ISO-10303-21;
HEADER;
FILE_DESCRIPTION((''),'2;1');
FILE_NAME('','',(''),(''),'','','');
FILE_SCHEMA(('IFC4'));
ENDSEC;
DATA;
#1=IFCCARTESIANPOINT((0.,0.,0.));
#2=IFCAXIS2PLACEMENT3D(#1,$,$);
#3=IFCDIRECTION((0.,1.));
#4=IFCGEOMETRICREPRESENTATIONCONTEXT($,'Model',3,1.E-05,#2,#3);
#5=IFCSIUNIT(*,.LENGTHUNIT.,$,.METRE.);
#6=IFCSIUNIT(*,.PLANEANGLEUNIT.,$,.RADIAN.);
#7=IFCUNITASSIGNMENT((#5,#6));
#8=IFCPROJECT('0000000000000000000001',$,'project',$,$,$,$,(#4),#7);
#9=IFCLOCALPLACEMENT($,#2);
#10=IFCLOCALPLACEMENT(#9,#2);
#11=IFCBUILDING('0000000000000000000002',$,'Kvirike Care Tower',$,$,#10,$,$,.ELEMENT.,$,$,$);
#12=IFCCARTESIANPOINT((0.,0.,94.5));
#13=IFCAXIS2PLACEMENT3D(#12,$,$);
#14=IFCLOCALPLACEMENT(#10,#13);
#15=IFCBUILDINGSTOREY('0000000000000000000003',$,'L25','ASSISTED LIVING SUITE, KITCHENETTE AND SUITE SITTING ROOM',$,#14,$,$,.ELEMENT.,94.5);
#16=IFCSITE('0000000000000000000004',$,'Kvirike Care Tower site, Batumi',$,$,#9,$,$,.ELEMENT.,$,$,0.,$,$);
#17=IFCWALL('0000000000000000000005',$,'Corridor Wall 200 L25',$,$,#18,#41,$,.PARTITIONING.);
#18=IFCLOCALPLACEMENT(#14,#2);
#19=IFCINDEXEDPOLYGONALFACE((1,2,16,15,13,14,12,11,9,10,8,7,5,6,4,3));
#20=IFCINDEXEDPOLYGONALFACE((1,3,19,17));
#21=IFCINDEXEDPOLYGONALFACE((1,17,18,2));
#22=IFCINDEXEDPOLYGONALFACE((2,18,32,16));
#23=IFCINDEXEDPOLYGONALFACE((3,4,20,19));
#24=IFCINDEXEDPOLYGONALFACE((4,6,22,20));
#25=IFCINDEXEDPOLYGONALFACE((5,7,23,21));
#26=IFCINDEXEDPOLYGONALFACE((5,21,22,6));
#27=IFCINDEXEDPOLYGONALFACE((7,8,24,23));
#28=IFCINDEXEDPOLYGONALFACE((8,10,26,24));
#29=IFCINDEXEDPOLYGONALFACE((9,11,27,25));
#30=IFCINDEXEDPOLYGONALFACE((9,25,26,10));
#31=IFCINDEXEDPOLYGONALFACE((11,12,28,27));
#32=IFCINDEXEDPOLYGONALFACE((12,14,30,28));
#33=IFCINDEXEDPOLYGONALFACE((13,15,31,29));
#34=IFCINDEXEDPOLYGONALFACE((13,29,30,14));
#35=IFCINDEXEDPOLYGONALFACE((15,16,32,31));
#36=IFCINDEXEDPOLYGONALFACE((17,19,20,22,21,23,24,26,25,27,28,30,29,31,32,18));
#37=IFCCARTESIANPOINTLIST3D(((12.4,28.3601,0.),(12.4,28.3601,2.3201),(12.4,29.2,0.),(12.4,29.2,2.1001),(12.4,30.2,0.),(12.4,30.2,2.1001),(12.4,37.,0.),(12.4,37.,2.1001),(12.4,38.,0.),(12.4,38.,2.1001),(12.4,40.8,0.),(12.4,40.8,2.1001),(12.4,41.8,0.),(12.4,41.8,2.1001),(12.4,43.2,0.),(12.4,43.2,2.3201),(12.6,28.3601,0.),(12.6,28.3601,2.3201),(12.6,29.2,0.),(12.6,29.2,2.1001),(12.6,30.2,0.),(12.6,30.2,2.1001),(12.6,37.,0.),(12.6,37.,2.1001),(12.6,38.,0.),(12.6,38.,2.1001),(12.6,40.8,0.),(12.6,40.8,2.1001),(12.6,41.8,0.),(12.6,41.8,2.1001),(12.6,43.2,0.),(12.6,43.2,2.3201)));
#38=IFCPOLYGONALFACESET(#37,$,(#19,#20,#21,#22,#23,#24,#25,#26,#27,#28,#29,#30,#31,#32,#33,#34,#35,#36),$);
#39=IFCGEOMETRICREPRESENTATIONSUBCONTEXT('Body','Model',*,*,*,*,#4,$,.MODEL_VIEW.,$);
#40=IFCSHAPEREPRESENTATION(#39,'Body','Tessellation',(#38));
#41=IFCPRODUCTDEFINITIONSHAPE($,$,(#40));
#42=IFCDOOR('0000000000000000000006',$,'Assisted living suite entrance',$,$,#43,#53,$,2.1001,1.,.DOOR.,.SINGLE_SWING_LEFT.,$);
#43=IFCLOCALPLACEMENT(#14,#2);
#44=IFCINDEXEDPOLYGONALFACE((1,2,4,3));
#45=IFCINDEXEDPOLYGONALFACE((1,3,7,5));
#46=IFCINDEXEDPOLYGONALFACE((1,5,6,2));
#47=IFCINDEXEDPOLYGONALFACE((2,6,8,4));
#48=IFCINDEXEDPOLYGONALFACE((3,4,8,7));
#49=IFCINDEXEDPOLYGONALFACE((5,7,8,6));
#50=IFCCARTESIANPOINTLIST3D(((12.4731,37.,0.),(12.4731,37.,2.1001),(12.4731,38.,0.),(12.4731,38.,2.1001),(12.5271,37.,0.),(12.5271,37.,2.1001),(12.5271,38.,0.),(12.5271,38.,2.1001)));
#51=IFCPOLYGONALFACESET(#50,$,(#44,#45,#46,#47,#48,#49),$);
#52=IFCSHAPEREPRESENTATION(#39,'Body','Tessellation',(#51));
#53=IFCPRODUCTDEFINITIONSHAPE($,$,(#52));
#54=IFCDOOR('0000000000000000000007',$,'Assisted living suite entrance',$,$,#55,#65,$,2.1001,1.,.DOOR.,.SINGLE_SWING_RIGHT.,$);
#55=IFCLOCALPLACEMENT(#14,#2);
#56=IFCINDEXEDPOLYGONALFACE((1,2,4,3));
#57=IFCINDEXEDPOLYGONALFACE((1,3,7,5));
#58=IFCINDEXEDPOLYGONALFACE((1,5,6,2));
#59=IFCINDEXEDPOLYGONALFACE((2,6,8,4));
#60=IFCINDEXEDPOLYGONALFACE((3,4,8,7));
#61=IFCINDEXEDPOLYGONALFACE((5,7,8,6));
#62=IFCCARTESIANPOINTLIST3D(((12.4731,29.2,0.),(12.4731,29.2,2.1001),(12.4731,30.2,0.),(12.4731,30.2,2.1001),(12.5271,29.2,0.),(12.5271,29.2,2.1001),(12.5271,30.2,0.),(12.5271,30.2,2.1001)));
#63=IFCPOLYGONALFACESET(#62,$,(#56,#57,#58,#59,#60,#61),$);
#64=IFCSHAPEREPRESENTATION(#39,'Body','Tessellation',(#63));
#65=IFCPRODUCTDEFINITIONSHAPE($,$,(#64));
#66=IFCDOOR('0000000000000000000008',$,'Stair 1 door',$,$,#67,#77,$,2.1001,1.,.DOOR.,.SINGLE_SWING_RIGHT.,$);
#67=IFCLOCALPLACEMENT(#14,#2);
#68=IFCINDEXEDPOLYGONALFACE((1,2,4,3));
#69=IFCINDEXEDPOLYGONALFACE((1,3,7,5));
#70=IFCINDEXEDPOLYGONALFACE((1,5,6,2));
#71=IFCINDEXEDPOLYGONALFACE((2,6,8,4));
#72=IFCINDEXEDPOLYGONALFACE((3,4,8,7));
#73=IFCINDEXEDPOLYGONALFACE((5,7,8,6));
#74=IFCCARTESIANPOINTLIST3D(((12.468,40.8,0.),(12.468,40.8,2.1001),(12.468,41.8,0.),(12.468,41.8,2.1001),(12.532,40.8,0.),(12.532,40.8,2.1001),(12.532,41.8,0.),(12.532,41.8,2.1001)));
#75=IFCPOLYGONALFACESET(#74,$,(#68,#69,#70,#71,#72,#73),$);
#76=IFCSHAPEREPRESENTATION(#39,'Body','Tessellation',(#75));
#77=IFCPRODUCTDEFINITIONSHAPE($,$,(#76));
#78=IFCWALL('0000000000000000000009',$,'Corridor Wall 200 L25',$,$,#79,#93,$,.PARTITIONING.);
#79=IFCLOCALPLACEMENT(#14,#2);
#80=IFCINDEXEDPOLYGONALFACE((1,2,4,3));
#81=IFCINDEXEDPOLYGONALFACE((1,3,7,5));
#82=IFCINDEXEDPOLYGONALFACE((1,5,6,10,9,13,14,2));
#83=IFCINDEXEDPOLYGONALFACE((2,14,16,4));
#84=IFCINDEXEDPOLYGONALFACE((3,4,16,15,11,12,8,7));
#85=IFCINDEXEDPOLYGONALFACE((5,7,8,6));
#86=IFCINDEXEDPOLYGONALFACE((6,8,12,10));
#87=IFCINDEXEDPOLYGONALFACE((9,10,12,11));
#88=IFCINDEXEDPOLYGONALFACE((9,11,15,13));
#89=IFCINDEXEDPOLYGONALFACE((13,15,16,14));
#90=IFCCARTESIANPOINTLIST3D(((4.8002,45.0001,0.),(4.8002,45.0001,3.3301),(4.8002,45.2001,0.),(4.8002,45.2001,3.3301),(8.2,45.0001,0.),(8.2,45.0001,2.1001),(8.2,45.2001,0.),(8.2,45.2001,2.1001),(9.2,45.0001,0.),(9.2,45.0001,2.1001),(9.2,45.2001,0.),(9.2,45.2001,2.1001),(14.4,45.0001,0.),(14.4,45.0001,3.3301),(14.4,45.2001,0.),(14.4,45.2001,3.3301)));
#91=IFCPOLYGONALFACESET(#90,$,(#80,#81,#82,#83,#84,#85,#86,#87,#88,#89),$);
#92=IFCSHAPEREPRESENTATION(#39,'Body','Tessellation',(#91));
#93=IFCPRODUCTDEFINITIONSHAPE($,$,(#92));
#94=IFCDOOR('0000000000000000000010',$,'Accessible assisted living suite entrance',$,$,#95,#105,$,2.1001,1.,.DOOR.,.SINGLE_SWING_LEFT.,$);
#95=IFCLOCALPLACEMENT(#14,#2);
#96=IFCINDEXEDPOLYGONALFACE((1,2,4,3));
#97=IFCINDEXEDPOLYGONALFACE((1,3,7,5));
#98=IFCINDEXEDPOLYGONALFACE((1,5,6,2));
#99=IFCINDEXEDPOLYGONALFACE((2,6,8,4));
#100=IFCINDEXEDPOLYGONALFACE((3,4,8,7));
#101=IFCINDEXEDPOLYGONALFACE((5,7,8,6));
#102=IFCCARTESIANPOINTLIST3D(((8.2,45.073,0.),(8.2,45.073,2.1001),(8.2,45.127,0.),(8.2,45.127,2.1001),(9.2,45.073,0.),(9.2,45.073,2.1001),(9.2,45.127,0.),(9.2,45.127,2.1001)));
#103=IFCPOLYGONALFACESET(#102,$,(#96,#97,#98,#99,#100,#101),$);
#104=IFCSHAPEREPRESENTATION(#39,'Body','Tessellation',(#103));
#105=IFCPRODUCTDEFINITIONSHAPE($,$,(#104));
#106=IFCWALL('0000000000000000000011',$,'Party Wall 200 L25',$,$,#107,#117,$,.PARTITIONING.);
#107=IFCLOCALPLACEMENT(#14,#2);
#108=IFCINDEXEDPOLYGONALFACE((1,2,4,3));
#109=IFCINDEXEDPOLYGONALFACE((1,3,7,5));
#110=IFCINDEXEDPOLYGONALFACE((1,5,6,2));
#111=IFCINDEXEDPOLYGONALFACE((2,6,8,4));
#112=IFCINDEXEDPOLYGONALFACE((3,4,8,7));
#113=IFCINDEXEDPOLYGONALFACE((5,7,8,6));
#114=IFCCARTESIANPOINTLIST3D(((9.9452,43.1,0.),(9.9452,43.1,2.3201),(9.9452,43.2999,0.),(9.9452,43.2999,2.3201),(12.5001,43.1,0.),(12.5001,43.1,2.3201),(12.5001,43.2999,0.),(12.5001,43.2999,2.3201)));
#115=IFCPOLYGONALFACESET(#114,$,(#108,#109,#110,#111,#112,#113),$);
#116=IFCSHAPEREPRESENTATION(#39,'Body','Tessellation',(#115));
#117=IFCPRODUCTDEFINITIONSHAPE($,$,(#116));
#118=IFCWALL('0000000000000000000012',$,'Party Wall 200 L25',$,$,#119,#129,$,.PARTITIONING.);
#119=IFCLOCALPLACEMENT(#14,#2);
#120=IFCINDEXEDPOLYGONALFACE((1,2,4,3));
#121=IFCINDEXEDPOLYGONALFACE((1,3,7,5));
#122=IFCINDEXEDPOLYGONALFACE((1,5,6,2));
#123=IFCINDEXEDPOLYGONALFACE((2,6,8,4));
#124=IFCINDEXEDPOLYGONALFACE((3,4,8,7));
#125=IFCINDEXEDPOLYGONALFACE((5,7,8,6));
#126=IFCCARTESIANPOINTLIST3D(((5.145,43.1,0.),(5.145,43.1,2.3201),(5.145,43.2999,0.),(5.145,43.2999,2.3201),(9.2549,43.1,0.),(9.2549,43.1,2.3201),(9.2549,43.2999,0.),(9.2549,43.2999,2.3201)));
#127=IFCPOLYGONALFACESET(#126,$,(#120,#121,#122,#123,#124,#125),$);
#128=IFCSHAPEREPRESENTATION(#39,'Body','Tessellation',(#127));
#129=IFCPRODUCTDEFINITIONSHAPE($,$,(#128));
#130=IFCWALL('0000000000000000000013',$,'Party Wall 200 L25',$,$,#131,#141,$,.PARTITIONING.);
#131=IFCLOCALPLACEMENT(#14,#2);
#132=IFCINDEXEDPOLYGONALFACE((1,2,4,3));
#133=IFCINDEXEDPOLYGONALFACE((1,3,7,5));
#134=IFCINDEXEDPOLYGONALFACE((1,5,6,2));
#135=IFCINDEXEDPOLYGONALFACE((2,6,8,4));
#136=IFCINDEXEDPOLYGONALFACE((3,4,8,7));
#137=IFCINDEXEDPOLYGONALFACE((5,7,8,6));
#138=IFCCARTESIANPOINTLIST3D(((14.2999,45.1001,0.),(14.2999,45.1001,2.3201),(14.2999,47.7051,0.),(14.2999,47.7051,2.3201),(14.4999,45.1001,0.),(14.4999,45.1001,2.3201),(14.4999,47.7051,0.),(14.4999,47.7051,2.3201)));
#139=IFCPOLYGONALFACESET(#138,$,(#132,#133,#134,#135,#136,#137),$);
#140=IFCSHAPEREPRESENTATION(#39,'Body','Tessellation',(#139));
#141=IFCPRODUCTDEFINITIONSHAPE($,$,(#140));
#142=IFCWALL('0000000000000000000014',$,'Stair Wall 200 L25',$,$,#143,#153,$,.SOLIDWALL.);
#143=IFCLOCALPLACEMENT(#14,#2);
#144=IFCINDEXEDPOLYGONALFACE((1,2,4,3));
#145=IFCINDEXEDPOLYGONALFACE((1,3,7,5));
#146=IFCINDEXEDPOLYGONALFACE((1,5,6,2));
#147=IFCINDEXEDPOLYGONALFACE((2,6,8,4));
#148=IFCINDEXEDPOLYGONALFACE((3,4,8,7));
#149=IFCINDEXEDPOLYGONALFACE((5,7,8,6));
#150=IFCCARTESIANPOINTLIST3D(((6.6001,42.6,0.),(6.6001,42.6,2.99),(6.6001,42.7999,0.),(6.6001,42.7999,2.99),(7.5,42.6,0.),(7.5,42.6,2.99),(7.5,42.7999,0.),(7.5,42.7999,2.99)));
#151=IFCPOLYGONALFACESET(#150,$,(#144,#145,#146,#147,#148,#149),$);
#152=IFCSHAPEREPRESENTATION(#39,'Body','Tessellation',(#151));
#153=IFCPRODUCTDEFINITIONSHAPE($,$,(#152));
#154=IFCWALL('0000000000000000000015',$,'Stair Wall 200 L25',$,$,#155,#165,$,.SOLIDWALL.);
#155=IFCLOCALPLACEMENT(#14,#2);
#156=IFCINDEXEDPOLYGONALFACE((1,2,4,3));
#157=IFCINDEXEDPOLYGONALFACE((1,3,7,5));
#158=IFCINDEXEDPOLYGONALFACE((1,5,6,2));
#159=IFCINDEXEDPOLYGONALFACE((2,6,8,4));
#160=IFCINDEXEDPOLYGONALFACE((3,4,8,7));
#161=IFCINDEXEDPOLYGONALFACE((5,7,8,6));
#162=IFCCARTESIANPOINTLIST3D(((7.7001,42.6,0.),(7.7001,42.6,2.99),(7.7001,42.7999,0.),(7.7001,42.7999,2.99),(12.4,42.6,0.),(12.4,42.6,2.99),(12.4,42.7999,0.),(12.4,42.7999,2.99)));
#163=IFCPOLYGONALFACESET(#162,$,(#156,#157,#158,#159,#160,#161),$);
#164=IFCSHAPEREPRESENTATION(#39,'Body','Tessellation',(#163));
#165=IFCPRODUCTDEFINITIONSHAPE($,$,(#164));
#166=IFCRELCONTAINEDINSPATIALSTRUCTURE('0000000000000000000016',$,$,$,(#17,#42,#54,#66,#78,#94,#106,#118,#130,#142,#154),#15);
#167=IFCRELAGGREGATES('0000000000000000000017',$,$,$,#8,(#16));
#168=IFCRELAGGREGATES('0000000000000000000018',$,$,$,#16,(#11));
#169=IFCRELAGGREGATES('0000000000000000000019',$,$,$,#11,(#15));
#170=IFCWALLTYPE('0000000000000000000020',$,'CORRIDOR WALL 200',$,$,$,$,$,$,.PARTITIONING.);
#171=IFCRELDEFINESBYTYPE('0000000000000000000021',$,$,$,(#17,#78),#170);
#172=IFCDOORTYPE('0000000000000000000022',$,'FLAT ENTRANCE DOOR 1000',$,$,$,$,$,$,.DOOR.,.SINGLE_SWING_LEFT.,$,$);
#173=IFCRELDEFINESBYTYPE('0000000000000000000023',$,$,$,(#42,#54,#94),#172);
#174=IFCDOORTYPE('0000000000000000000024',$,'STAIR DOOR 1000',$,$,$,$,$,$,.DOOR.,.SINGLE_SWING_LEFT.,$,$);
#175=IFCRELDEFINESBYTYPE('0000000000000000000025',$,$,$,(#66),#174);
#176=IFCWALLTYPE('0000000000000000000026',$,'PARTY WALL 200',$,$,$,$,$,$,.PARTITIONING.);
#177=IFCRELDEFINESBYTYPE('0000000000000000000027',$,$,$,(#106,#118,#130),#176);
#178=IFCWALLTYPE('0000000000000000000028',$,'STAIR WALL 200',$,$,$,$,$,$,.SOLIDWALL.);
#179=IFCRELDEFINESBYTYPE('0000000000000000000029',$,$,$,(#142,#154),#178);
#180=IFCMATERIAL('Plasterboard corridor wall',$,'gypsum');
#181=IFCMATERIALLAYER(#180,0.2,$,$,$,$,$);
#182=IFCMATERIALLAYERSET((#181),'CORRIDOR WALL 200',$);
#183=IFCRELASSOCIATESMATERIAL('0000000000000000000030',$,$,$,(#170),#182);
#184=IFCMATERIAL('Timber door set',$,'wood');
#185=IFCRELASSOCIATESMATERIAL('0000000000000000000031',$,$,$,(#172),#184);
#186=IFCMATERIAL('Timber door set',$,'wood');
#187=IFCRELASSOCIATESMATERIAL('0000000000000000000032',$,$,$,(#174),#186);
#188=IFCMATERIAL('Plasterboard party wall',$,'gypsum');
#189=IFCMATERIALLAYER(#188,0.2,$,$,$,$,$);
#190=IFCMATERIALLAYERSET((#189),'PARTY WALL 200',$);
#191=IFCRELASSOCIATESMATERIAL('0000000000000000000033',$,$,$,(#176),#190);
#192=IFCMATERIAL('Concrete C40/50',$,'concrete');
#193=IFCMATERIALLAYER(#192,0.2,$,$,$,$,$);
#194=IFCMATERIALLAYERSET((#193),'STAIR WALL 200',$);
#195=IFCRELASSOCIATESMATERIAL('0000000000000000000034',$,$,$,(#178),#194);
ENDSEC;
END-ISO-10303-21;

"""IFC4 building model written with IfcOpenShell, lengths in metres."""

from ifc_helpers import new_model, si_unit, direction, frame, frame_2d, origin, place, context, subcontext, project, spatial, rectangle, extrude, material, layer, layer_set, type_object, element, fill, save


model = new_model("IFC4")

# Units and contexts
model_context = context("Model", 3, precision=1e-05, world=origin(), true_north=direction((0.0, 1.0)))
body_context = subcontext(model_context, "Body", "Model", "MODEL_VIEW")
ifc_project = project(units=[si_unit("LENGTHUNIT", "METRE"), si_unit("PLANEANGLEUNIT", "RADIAN")], contexts=[model_context])

# Site, building, storey
site_placement = place(None, origin())
site = spatial("IfcSite", under=ifc_project, at=site_placement, Name="Kvirike Care Tower site, Batumi", CompositionType="ELEMENT", RefElevation=0.0)
building_placement = place(site_placement, origin())
building = spatial("IfcBuilding", under=site, at=building_placement, Name="Kvirike Care Tower", CompositionType="ELEMENT")
storey_placement = place(building_placement, frame((0.0, 0.0, 94.5)))
storey = spatial("IfcBuildingStorey", under=building, at=storey_placement, Name="L25", Description="ASSISTED LIVING SUITE, KITCHENETTE AND SUITE SITTING ROOM", CompositionType="ELEMENT", Elevation=94.5)

# Wall, openings, doors
ifc_material_1 = material(Name="Plasterboard corridor wall", Category="gypsum")
ifc_layer_1 = layer(ifc_material_1, 0.2)
ifc_layer_set_1 = layer_set([ifc_layer_1], Name="CORRIDOR WALL 200")
wall_type_1 = type_object("IfcWallType", Name="CORRIDOR WALL 200", PredefinedType="PARTITIONING", material=ifc_layer_set_1)
wall_1_placement = place(storey_placement, frame((12.5, 43.2, 0.0), z_axis=(0.0, 0.0, 1.0), x_axis=(0.0, -1.0, 0.0)))
wall_1 = element("IfcWall", 1, at=wall_1_placement, inside=storey, type_object=wall_type_1, Name="Corridor Wall 200 L25", PredefinedType="PARTITIONING", context=body_context, shape_type="SweptSolid", body=[
    extrude(rectangle(XDim=14.8398, YDim=0.2, at=frame_2d((7.4199, 0.0))), origin(), (0.0, 0.0, 1.0), 2.3201),
])
opening_1_placement = place(wall_1_placement, frame((1.3999, 0.0, 0.0)))
opening_1 = element("IfcOpeningElement", 2, at=opening_1_placement, cuts=wall_1, PredefinedType="OPENING", context=body_context, shape_type="SweptSolid", body=[
    extrude(rectangle(XDim=1.0, YDim=2.1001, at=frame_2d((0.5, 1.05))), frame((0.0, 0.1106, 0.0), z_axis=(0.0, -1.0, 0.0), x_axis=(1.0, 0.0, 0.0)), (0.0, 0.0, 1.0), 0.2209),
])
opening_2_placement = place(wall_1_placement, frame((5.2, 0.0, 0.0)))
opening_2 = element("IfcOpeningElement", 3, at=opening_2_placement, cuts=wall_1, PredefinedType="OPENING", context=body_context, shape_type="SweptSolid", body=[
    extrude(rectangle(XDim=1.0, YDim=2.1001, at=frame_2d((0.5, 1.05))), frame((0.0, 0.1106, 0.0), z_axis=(0.0, -1.0, 0.0), x_axis=(1.0, 0.0, 0.0)), (0.0, 0.0, 1.0), 0.2209),
])
opening_3_placement = place(wall_1_placement, frame((13.0, 0.0, 0.0)))
opening_3 = element("IfcOpeningElement", 4, at=opening_3_placement, cuts=wall_1, PredefinedType="OPENING", context=body_context, shape_type="SweptSolid", body=[
    extrude(rectangle(XDim=1.0, YDim=2.1001, at=frame_2d((0.5, 1.05))), frame((0.0, 0.1106, 0.0), z_axis=(0.0, -1.0, 0.0), x_axis=(1.0, 0.0, 0.0)), (0.0, 0.0, 1.0), 0.2209),
])
ifc_material_2 = material(Name="Timber door set", Category="wood")
door_type_1 = type_object("IfcDoorType", Name="FLAT ENTRANCE DOOR 1000", OperationType="SINGLE_SWING_LEFT", PredefinedType="DOOR", material=ifc_material_2)
door_1_placement = place(opening_2_placement, frame((1.0, 0.0, 0.0), z_axis=(0.0, 0.0, 1.0), x_axis=(-1.0, 0.0, 0.0)))
door_1 = element("IfcDoor", 5, at=door_1_placement, inside=storey, type_object=door_type_1, Name="Assisted living suite entrance", OperationType="SINGLE_SWING_LEFT", OverallHeight=2.1001, OverallWidth=1.0, PredefinedType="DOOR", context=body_context, shape_type="SweptSolid", body=[
    extrude(rectangle(XDim=1.0, YDim=2.1001, at=frame_2d((0.5, 1.05))), frame((0.0, 0.0269, 0.0), z_axis=(0.0, -1.0, 0.0), x_axis=(1.0, 0.0, 0.0)), (0.0, 0.0, 1.0), 0.054),
])
fill(opening_2, door_1)
door_2_placement = place(opening_3_placement, frame((1.0, 0.0, 0.0), z_axis=(0.0, 0.0, 1.0), x_axis=(-1.0, 0.0, 0.0)))
door_2 = element("IfcDoor", 6, at=door_2_placement, inside=storey, type_object=door_type_1, Name="Assisted living suite entrance", OperationType="SINGLE_SWING_RIGHT", OverallHeight=2.1001, OverallWidth=1.0, PredefinedType="DOOR", context=body_context, shape_type="SweptSolid", body=[
    extrude(rectangle(XDim=1.0, YDim=2.1001, at=frame_2d((0.5, 1.05))), frame((0.0, 0.0269, 0.0), z_axis=(0.0, -1.0, 0.0), x_axis=(1.0, 0.0, 0.0)), (0.0, 0.0, 1.0), 0.054),
])
fill(opening_3, door_2)
ifc_material_3 = material(Name="Timber door set", Category="wood")
door_type_2 = type_object("IfcDoorType", Name="STAIR DOOR 1000", OperationType="SINGLE_SWING_LEFT", PredefinedType="DOOR", material=ifc_material_3)
door_3_placement = place(opening_1_placement, frame((1.0, 0.0, 0.0), z_axis=(0.0, 0.0, 1.0), x_axis=(-1.0, 0.0, 0.0)))
door_3 = element("IfcDoor", 7, at=door_3_placement, inside=storey, type_object=door_type_2, Name="Stair 1 door", OperationType="SINGLE_SWING_RIGHT", OverallHeight=2.1001, OverallWidth=1.0, PredefinedType="DOOR", context=body_context, shape_type="SweptSolid", body=[
    extrude(rectangle(XDim=1.0, YDim=2.1001, at=frame_2d((0.5, 1.05))), frame((0.0, 0.032, 0.0), z_axis=(0.0, -1.0, 0.0), x_axis=(1.0, 0.0, 0.0)), (0.0, 0.0, 1.0), 0.064),
])
fill(opening_1, door_3)

# Wall, opening, door
wall_2_placement = place(storey_placement, frame((14.3999, 45.1001, 0.0), z_axis=(0.0, 0.0, 1.0), x_axis=(-1.0, 0.0, 0.0)))
wall_2 = element("IfcWall", 8, at=wall_2_placement, inside=storey, type_object=wall_type_1, Name="Corridor Wall 200 L25", PredefinedType="PARTITIONING", context=body_context, shape_type="SweptSolid", body=[
    extrude(rectangle(XDim=9.5999, YDim=0.2, at=frame_2d((4.7998, 0.0))), origin(), (0.0, 0.0, 1.0), 3.3301),
])
opening_4_placement = place(wall_2_placement, frame((5.2, 0.0, 0.0)))
opening_4 = element("IfcOpeningElement", 9, at=opening_4_placement, cuts=wall_2, PredefinedType="OPENING", context=body_context, shape_type="SweptSolid", body=[
    extrude(rectangle(XDim=1.0, YDim=2.1001, at=frame_2d((0.5, 1.05))), frame((0.0, 0.1106, 0.0), z_axis=(0.0, -1.0, 0.0), x_axis=(1.0, 0.0, 0.0)), (0.0, 0.0, 1.0), 0.2209),
])
door_4_placement = place(opening_4_placement, frame((1.0, 0.0, 0.0), z_axis=(0.0, 0.0, 1.0), x_axis=(-1.0, 0.0, 0.0)))
door_4 = element("IfcDoor", 10, at=door_4_placement, inside=storey, type_object=door_type_1, Name="Accessible assisted living suite entrance", OperationType="SINGLE_SWING_LEFT", OverallHeight=2.1001, OverallWidth=1.0, PredefinedType="DOOR", context=body_context, shape_type="SweptSolid", body=[
    extrude(rectangle(XDim=1.0, YDim=2.1001, at=frame_2d((0.5, 1.05))), frame((0.0, 0.0269, 0.0), z_axis=(0.0, -1.0, 0.0), x_axis=(1.0, 0.0, 0.0)), (0.0, 0.0, 1.0), 0.054),
])
fill(opening_4, door_4)

# Walls
ifc_material_4 = material(Name="Plasterboard party wall", Category="gypsum")
ifc_layer_2 = layer(ifc_material_4, 0.2)
ifc_layer_set_2 = layer_set([ifc_layer_2], Name="PARTY WALL 200")
wall_type_2 = type_object("IfcWallType", Name="PARTY WALL 200", PredefinedType="PARTITIONING", material=ifc_layer_set_2)
wall_3_placement = place(storey_placement, frame((12.5, 43.2, 0.0), z_axis=(0.0, 0.0, 1.0), x_axis=(-1.0, 0.0, 0.0)))
element("IfcWall", 11, at=wall_3_placement, inside=storey, type_object=wall_type_2, Name="Party Wall 200 L25", PredefinedType="PARTITIONING", context=body_context, shape_type="SweptSolid", body=[
    extrude(rectangle(XDim=2.5549, YDim=0.2, at=frame_2d((1.2773, 0.0))), origin(), (0.0, 0.0, 1.0), 2.3201),
])
wall_4_placement = place(storey_placement, frame((9.2549, 43.2, 0.0), z_axis=(0.0, 0.0, 1.0), x_axis=(-1.0, 0.0, 0.0)))
element("IfcWall", 12, at=wall_4_placement, inside=storey, type_object=wall_type_2, Name="Party Wall 200 L25", PredefinedType="PARTITIONING", context=body_context, shape_type="SweptSolid", body=[
    extrude(rectangle(XDim=4.1099, YDim=0.2, at=frame_2d((2.0549, 0.0))), origin(), (0.0, 0.0, 1.0), 2.3201),
])
wall_5_placement = place(storey_placement, frame((14.3999, 45.1001, 0.0), z_axis=(0.0, 0.0, 1.0), x_axis=(0.0, 1.0, 0.0)))
element("IfcWall", 13, at=wall_5_placement, inside=storey, type_object=wall_type_2, Name="Party Wall 200 L25", PredefinedType="PARTITIONING", context=body_context, shape_type="SweptSolid", body=[
    extrude(rectangle(XDim=2.605, YDim=0.2, at=frame_2d((1.3025, 0.0))), origin(), (0.0, 0.0, 1.0), 2.3201),
])
ifc_material_5 = material(Name="Concrete C40/50", Category="concrete")
ifc_layer_3 = layer(ifc_material_5, 0.2)
ifc_layer_set_3 = layer_set([ifc_layer_3], Name="STAIR WALL 200")
wall_type_3 = type_object("IfcWallType", Name="STAIR WALL 200", PredefinedType="SOLIDWALL", material=ifc_layer_set_3)
wall_6_placement = place(storey_placement, frame((6.6001, 42.7, 0.0), z_axis=(0.0, 0.0, 1.0), x_axis=(1.0, 0.0, 0.0)))
element("IfcWall", 14, at=wall_6_placement, inside=storey, type_object=wall_type_3, Name="Stair Wall 200 L25", PredefinedType="SOLIDWALL", context=body_context, shape_type="SweptSolid", body=[
    extrude(rectangle(XDim=0.8999, YDim=0.2, at=frame_2d((0.45, 0.0))), origin(), (0.0, 0.0, 1.0), 2.99),
])
wall_7_placement = place(storey_placement, frame((7.7, 42.7, 0.0), z_axis=(0.0, 0.0, 1.0), x_axis=(1.0, 0.0, 0.0)))
element("IfcWall", 15, at=wall_7_placement, inside=storey, type_object=wall_type_3, Name="Stair Wall 200 L25", PredefinedType="SOLIDWALL", context=body_context, shape_type="SweptSolid", body=[
    extrude(rectangle(XDim=4.7, YDim=0.2, at=frame_2d((2.3501, 0.0))), origin(), (0.0, 0.0, 1.0), 2.99),
])

save(model, "model.ifc")
